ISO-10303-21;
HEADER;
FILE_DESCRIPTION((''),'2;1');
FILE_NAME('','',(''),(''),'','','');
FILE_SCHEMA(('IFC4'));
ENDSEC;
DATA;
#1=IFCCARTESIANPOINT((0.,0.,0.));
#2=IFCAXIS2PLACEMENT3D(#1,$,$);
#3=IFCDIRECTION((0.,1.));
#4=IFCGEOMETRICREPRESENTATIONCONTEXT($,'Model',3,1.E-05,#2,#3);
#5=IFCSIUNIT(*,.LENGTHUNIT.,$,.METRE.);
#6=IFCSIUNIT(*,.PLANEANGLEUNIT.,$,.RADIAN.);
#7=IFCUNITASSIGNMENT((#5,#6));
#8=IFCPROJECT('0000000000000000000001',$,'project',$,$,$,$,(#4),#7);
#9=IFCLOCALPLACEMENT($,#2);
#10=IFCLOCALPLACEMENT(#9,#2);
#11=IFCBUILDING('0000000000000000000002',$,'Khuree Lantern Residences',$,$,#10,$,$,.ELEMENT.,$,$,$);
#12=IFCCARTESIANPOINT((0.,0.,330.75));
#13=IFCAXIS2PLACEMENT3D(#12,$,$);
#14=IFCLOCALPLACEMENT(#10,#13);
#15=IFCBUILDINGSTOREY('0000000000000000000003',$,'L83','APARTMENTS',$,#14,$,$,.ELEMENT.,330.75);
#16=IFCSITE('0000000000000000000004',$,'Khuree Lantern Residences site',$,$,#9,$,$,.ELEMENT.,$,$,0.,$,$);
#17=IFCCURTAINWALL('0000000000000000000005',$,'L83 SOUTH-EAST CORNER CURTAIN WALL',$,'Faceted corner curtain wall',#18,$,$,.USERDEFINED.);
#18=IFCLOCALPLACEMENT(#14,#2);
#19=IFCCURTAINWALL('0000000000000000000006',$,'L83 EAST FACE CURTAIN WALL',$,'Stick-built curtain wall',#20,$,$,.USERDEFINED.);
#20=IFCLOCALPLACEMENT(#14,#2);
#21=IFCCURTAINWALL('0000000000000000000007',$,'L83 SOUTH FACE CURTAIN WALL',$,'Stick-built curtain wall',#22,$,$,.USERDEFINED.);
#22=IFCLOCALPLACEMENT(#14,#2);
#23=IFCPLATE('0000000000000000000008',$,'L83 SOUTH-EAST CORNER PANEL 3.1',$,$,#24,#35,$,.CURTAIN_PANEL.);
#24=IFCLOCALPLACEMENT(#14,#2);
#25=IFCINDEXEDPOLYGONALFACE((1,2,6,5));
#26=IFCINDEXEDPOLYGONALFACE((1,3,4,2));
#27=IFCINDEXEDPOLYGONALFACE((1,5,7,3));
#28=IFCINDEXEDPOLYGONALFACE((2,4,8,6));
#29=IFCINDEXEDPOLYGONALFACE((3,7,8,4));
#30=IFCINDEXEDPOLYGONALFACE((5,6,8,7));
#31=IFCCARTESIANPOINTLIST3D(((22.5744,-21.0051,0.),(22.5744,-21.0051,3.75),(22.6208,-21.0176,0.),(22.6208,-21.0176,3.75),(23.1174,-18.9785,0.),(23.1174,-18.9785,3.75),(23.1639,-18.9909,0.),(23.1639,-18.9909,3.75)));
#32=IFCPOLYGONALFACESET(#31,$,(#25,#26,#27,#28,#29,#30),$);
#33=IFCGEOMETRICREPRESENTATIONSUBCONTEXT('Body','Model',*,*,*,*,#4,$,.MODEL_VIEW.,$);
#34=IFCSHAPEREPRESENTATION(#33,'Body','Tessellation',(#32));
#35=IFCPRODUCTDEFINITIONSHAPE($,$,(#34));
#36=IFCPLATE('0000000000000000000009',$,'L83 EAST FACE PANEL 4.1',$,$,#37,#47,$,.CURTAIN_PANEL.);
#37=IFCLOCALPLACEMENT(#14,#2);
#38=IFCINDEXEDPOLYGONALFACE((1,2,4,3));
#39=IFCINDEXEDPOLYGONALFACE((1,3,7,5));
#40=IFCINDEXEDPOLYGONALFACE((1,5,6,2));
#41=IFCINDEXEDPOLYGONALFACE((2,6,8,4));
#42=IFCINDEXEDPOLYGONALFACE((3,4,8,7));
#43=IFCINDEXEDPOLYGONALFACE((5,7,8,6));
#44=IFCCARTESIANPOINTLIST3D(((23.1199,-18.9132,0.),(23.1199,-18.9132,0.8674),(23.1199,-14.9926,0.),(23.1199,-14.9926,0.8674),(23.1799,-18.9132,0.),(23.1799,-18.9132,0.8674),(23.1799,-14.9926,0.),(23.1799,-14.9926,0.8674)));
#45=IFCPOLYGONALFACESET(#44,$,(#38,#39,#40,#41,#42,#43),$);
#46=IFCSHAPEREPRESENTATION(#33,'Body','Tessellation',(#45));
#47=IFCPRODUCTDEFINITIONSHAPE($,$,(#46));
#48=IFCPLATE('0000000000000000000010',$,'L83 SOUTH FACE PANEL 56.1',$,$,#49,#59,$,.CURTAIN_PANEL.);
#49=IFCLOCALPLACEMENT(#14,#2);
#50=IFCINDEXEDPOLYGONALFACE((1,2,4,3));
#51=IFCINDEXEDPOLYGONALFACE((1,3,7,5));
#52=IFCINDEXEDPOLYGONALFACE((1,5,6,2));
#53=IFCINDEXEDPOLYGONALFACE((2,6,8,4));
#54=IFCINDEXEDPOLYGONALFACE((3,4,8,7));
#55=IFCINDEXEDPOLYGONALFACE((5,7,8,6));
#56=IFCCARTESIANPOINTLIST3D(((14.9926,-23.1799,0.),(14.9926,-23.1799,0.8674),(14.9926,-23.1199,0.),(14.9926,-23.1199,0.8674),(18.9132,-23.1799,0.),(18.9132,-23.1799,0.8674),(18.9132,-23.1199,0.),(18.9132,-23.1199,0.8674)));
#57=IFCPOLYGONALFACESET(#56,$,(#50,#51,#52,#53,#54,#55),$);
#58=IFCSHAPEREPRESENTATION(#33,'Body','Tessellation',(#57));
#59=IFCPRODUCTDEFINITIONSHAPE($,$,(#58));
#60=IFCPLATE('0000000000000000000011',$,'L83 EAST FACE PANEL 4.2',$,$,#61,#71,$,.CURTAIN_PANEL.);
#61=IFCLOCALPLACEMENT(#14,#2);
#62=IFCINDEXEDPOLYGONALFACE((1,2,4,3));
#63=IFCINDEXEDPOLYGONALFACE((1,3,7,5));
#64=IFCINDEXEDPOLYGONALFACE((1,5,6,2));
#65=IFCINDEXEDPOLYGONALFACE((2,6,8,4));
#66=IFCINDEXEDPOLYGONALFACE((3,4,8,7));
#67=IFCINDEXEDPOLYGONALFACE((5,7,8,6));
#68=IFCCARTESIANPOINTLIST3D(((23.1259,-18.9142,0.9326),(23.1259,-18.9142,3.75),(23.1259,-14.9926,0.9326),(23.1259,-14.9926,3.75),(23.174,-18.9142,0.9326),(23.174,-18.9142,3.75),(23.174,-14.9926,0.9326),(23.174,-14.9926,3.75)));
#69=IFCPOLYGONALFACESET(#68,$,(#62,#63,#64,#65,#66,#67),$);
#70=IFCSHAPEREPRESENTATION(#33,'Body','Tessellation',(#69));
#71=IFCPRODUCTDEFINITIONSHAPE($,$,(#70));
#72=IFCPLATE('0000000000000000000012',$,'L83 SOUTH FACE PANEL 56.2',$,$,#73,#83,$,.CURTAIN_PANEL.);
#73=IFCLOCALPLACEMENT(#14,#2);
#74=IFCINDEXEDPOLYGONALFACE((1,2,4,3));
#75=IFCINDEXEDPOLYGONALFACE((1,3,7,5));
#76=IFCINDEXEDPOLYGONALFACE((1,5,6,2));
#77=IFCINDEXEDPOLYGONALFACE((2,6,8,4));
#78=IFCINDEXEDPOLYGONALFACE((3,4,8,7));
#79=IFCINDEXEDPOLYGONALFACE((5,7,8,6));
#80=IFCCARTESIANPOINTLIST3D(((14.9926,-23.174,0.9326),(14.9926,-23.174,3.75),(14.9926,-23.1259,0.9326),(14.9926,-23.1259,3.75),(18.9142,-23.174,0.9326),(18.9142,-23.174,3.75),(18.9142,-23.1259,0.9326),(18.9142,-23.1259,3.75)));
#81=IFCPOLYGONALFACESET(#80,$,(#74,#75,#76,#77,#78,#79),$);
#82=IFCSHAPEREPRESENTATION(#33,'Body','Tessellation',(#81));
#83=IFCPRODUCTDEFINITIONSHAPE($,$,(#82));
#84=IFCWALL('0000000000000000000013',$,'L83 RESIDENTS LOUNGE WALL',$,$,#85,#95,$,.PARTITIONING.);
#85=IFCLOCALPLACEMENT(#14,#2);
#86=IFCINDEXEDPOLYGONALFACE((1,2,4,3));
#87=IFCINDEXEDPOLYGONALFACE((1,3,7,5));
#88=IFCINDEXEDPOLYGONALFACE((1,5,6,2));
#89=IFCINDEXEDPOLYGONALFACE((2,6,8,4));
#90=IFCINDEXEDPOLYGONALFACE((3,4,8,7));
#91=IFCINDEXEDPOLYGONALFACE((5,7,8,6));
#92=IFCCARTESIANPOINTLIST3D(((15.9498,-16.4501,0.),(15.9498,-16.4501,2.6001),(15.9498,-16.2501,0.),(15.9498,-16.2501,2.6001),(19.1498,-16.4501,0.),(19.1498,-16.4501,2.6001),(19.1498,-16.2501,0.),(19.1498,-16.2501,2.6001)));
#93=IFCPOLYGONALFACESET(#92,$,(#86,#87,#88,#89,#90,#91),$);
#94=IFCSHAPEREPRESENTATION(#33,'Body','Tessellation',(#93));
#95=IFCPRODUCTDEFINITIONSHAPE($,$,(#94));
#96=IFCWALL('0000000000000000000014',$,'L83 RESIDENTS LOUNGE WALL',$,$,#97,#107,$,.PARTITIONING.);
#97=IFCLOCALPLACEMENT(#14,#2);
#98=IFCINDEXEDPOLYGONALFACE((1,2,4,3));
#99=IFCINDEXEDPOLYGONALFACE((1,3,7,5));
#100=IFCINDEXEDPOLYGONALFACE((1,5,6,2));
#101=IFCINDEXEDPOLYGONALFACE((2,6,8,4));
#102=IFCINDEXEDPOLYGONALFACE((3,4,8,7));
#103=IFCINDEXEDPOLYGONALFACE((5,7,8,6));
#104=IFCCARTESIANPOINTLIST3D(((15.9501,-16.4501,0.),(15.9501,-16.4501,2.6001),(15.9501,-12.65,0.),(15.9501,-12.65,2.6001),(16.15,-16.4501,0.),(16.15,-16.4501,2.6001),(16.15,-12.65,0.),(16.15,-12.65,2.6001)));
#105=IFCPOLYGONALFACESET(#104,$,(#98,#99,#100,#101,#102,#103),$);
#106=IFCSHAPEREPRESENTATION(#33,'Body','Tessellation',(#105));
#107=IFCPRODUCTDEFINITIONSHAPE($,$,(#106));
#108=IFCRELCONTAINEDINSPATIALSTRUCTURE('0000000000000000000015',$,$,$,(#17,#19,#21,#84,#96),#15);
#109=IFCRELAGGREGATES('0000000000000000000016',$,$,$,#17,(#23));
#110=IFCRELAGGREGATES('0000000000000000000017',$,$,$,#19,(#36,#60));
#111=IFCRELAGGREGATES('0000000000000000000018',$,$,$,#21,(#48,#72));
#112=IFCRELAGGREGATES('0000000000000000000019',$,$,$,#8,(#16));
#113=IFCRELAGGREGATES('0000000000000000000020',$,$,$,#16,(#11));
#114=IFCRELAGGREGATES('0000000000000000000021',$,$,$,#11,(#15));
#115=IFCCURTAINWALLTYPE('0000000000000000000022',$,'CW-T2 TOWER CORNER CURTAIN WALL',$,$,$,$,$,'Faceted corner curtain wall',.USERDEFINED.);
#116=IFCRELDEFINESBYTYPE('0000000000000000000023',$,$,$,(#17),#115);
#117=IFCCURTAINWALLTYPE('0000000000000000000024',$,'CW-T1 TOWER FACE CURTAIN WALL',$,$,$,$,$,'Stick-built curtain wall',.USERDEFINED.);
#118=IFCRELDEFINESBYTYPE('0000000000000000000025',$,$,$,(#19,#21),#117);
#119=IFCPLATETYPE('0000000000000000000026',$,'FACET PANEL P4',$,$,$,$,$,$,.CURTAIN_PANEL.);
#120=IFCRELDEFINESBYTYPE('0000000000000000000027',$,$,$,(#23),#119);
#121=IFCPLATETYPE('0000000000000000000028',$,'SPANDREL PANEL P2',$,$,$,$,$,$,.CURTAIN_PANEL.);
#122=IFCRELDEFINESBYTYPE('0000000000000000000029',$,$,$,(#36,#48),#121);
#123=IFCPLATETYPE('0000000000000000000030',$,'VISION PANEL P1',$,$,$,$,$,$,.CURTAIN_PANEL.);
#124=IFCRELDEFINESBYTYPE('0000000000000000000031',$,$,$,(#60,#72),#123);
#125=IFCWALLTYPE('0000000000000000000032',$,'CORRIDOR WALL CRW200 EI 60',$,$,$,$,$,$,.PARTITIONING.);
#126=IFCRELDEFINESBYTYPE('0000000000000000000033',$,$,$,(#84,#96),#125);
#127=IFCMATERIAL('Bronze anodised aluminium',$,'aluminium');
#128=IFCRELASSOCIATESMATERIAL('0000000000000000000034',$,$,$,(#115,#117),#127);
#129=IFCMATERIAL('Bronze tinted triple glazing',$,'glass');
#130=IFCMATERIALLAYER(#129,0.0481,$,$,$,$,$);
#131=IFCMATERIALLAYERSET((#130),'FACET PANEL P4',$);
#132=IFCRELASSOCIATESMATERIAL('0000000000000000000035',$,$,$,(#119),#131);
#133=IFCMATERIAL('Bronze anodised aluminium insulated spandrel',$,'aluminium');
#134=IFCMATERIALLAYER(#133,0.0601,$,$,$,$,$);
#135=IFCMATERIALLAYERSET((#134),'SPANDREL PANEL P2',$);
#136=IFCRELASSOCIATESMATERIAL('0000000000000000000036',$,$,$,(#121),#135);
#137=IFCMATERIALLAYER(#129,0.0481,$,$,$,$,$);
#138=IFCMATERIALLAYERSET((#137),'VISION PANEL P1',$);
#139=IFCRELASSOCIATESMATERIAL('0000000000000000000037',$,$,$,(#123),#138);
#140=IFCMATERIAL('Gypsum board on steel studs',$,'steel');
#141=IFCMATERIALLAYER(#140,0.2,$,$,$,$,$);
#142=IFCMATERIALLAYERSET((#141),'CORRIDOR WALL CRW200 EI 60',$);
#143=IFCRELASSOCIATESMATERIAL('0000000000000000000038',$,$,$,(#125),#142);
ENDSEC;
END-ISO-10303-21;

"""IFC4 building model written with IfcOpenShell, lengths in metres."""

from ifc_helpers import new_model, si_unit, direction, frame, frame_2d, origin, origin_2d, place, context, subcontext, project, spatial, rectangle, extrude, material, layer, layer_set, type_object, element, aggregate, save


model = new_model("IFC4")

# Units and contexts
model_context = context("Model", 3, precision=1e-05, world=origin(), true_north=direction((0.0, 1.0)))
body_context = subcontext(model_context, "Body", "Model", "MODEL_VIEW")
ifc_project = project(units=[si_unit("LENGTHUNIT", "METRE"), si_unit("PLANEANGLEUNIT", "RADIAN")], contexts=[model_context])

# Site, building, storey
site_placement = place(None, origin())
site = spatial("IfcSite", under=ifc_project, at=site_placement, Name="Khuree Lantern Residences site", CompositionType="ELEMENT", RefElevation=0.0)
building_placement = place(site_placement, origin())
building = spatial("IfcBuilding", under=site, at=building_placement, Name="Khuree Lantern Residences", CompositionType="ELEMENT")
storey_placement = place(building_placement, frame((0.0, 0.0, 330.75)))
storey = spatial("IfcBuildingStorey", under=building, at=storey_placement, Name="L83", Description="APARTMENTS", CompositionType="ELEMENT", Elevation=330.75)

# Curtain wall
ifc_material_1 = material(Name="Bronze anodised aluminium", Category="aluminium")
curtain_wall_type_1 = type_object("IfcCurtainWallType", Name="CW-T2 TOWER CORNER CURTAIN WALL", ElementType="Faceted corner curtain wall", PredefinedType="USERDEFINED", material=ifc_material_1)
curtain_wall_1_placement = place(storey_placement, origin())
curtain_wall_1 = element("IfcCurtainWall", 1, at=curtain_wall_1_placement, inside=storey, type_object=curtain_wall_type_1, Name="L83 SOUTH-EAST CORNER CURTAIN WALL", ObjectType="Faceted corner curtain wall", PredefinedType="USERDEFINED")

# Curtain wall
curtain_wall_type_2 = type_object("IfcCurtainWallType", Name="CW-T1 TOWER FACE CURTAIN WALL", ElementType="Stick-built curtain wall", PredefinedType="USERDEFINED", material=ifc_material_1)
curtain_wall_2_placement = place(storey_placement, origin())
curtain_wall_2 = element("IfcCurtainWall", 2, at=curtain_wall_2_placement, inside=storey, type_object=curtain_wall_type_2, Name="L83 EAST FACE CURTAIN WALL", ObjectType="Stick-built curtain wall", PredefinedType="USERDEFINED")

# Curtain wall
curtain_wall_3_placement = place(storey_placement, origin())
curtain_wall_3 = element("IfcCurtainWall", 3, at=curtain_wall_3_placement, inside=storey, type_object=curtain_wall_type_2, Name="L83 SOUTH FACE CURTAIN WALL", ObjectType="Stick-built curtain wall", PredefinedType="USERDEFINED")

# Plates
ifc_material_2 = material(Name="Bronze tinted triple glazing", Category="glass")
ifc_layer_1 = layer(ifc_material_2, 0.0481)
ifc_layer_set_1 = layer_set([ifc_layer_1], Name="FACET PANEL P4")
plate_type_1 = type_object("IfcPlateType", Name="FACET PANEL P4", PredefinedType="CURTAIN_PANEL", material=ifc_layer_set_1)
plate_1_placement = place(storey_placement, frame((22.8691, -19.998, 0.0), z_axis=(0.0, 0.0, 1.0), x_axis=(0.258819, 0.965926, 0.0)))
plate_1 = element("IfcPlate", 4, at=plate_1_placement, type_object=plate_type_1, Name="L83 SOUTH-EAST CORNER PANEL 3.1", PredefinedType="CURTAIN_PANEL", context=body_context, shape_type="SweptSolid", body=[
    extrude(rectangle(XDim=2.0981, YDim=0.0481, at=origin_2d()), origin(), (0.0, 0.0, 1.0), 3.75),
])
aggregate(curtain_wall_1, [plate_1])
ifc_material_3 = material(Name="Bronze anodised aluminium insulated spandrel", Category="aluminium")
ifc_layer_2 = layer(ifc_material_3, 0.0601)
ifc_layer_set_2 = layer_set([ifc_layer_2], Name="SPANDREL PANEL P2")
plate_type_2 = type_object("IfcPlateType", Name="SPANDREL PANEL P2", PredefinedType="CURTAIN_PANEL", material=ifc_layer_set_2)
plate_2_placement = place(storey_placement, frame((23.1499, -16.9529, 0.0), z_axis=(0.0, 0.0, 1.0), x_axis=(0.0, 1.0, 0.0)))
plate_2 = element("IfcPlate", 5, at=plate_2_placement, type_object=plate_type_2, Name="L83 EAST FACE PANEL 4.1", PredefinedType="CURTAIN_PANEL", context=body_context, shape_type="SweptSolid", body=[
    extrude(rectangle(XDim=3.9207, YDim=0.0601, at=origin_2d()), origin(), (0.0, 0.0, 1.0), 0.8674),
])
plate_3_placement = place(storey_placement, frame((16.9529, -23.1499, 0.0), z_axis=(0.0, 0.0, 1.0), x_axis=(1.0, 0.0, 0.0)))
plate_3 = element("IfcPlate", 6, at=plate_3_placement, type_object=plate_type_2, Name="L83 SOUTH FACE PANEL 56.1", PredefinedType="CURTAIN_PANEL", context=body_context, shape_type="SweptSolid", body=[
    extrude(rectangle(XDim=3.9207, YDim=0.0601, at=origin_2d()), origin(), (0.0, 0.0, 1.0), 0.8674),
])
ifc_layer_3 = layer(ifc_material_2, 0.0481)
ifc_layer_set_3 = layer_set([ifc_layer_3], Name="VISION PANEL P1")
plate_type_3 = type_object("IfcPlateType", Name="VISION PANEL P1", PredefinedType="CURTAIN_PANEL", material=ifc_layer_set_3)
plate_4_placement = place(storey_placement, frame((23.1499, -16.9534, 0.9326), z_axis=(0.0, 0.0, 1.0), x_axis=(0.0, 1.0, 0.0)))
plate_4 = element("IfcPlate", 7, at=plate_4_placement, type_object=plate_type_3, Name="L83 EAST FACE PANEL 4.2", PredefinedType="CURTAIN_PANEL", context=body_context, shape_type="SweptSolid", body=[
    extrude(rectangle(XDim=3.9216, YDim=0.0481, at=origin_2d()), origin(), (0.0, 0.0, 1.0), 2.8174),
])
aggregate(curtain_wall_2, [plate_2, plate_4])
plate_5_placement = place(storey_placement, frame((16.9534, -23.1499, 0.9326), z_axis=(0.0, 0.0, 1.0), x_axis=(1.0, 0.0, 0.0)))
plate_5 = element("IfcPlate", 8, at=plate_5_placement, type_object=plate_type_3, Name="L83 SOUTH FACE PANEL 56.2", PredefinedType="CURTAIN_PANEL", context=body_context, shape_type="SweptSolid", body=[
    extrude(rectangle(XDim=3.9216, YDim=0.0481, at=origin_2d()), origin(), (0.0, 0.0, 1.0), 2.8174),
])
aggregate(curtain_wall_3, [plate_3, plate_5])

# Walls
ifc_material_4 = material(Name="Gypsum board on steel studs", Category="steel")
ifc_layer_4 = layer(ifc_material_4, 0.2)
ifc_layer_set_4 = layer_set([ifc_layer_4], Name="CORRIDOR WALL CRW200 EI 60")
wall_type = type_object("IfcWallType", Name="CORRIDOR WALL CRW200 EI 60", PredefinedType="PARTITIONING", material=ifc_layer_set_4)
wall_1_placement = place(storey_placement, frame((19.1499, -16.3501, 0.0), z_axis=(0.0, 0.0, 1.0), x_axis=(-1.0, 0.0, 0.0)))
element("IfcWall", 9, at=wall_1_placement, inside=storey, type_object=wall_type, Name="L83 RESIDENTS LOUNGE WALL", PredefinedType="PARTITIONING", context=body_context, shape_type="SweptSolid", body=[
    extrude(rectangle(XDim=3.2, YDim=0.2, at=frame_2d((1.6001, 0.0))), origin(), (0.0, 0.0, 1.0), 2.6001),
])
wall_2_placement = place(storey_placement, frame((16.05, -16.45, 0.0), z_axis=(0.0, 0.0, 1.0), x_axis=(0.0, 1.0, 0.0)))
element("IfcWall", 10, at=wall_2_placement, inside=storey, type_object=wall_type, Name="L83 RESIDENTS LOUNGE WALL", PredefinedType="PARTITIONING", context=body_context, shape_type="SweptSolid", body=[
    extrude(rectangle(XDim=3.8, YDim=0.2, at=frame_2d((1.8999, 0.0))), origin(), (0.0, 0.0, 1.0), 2.6001),
])

save(model, "model.ifc")
